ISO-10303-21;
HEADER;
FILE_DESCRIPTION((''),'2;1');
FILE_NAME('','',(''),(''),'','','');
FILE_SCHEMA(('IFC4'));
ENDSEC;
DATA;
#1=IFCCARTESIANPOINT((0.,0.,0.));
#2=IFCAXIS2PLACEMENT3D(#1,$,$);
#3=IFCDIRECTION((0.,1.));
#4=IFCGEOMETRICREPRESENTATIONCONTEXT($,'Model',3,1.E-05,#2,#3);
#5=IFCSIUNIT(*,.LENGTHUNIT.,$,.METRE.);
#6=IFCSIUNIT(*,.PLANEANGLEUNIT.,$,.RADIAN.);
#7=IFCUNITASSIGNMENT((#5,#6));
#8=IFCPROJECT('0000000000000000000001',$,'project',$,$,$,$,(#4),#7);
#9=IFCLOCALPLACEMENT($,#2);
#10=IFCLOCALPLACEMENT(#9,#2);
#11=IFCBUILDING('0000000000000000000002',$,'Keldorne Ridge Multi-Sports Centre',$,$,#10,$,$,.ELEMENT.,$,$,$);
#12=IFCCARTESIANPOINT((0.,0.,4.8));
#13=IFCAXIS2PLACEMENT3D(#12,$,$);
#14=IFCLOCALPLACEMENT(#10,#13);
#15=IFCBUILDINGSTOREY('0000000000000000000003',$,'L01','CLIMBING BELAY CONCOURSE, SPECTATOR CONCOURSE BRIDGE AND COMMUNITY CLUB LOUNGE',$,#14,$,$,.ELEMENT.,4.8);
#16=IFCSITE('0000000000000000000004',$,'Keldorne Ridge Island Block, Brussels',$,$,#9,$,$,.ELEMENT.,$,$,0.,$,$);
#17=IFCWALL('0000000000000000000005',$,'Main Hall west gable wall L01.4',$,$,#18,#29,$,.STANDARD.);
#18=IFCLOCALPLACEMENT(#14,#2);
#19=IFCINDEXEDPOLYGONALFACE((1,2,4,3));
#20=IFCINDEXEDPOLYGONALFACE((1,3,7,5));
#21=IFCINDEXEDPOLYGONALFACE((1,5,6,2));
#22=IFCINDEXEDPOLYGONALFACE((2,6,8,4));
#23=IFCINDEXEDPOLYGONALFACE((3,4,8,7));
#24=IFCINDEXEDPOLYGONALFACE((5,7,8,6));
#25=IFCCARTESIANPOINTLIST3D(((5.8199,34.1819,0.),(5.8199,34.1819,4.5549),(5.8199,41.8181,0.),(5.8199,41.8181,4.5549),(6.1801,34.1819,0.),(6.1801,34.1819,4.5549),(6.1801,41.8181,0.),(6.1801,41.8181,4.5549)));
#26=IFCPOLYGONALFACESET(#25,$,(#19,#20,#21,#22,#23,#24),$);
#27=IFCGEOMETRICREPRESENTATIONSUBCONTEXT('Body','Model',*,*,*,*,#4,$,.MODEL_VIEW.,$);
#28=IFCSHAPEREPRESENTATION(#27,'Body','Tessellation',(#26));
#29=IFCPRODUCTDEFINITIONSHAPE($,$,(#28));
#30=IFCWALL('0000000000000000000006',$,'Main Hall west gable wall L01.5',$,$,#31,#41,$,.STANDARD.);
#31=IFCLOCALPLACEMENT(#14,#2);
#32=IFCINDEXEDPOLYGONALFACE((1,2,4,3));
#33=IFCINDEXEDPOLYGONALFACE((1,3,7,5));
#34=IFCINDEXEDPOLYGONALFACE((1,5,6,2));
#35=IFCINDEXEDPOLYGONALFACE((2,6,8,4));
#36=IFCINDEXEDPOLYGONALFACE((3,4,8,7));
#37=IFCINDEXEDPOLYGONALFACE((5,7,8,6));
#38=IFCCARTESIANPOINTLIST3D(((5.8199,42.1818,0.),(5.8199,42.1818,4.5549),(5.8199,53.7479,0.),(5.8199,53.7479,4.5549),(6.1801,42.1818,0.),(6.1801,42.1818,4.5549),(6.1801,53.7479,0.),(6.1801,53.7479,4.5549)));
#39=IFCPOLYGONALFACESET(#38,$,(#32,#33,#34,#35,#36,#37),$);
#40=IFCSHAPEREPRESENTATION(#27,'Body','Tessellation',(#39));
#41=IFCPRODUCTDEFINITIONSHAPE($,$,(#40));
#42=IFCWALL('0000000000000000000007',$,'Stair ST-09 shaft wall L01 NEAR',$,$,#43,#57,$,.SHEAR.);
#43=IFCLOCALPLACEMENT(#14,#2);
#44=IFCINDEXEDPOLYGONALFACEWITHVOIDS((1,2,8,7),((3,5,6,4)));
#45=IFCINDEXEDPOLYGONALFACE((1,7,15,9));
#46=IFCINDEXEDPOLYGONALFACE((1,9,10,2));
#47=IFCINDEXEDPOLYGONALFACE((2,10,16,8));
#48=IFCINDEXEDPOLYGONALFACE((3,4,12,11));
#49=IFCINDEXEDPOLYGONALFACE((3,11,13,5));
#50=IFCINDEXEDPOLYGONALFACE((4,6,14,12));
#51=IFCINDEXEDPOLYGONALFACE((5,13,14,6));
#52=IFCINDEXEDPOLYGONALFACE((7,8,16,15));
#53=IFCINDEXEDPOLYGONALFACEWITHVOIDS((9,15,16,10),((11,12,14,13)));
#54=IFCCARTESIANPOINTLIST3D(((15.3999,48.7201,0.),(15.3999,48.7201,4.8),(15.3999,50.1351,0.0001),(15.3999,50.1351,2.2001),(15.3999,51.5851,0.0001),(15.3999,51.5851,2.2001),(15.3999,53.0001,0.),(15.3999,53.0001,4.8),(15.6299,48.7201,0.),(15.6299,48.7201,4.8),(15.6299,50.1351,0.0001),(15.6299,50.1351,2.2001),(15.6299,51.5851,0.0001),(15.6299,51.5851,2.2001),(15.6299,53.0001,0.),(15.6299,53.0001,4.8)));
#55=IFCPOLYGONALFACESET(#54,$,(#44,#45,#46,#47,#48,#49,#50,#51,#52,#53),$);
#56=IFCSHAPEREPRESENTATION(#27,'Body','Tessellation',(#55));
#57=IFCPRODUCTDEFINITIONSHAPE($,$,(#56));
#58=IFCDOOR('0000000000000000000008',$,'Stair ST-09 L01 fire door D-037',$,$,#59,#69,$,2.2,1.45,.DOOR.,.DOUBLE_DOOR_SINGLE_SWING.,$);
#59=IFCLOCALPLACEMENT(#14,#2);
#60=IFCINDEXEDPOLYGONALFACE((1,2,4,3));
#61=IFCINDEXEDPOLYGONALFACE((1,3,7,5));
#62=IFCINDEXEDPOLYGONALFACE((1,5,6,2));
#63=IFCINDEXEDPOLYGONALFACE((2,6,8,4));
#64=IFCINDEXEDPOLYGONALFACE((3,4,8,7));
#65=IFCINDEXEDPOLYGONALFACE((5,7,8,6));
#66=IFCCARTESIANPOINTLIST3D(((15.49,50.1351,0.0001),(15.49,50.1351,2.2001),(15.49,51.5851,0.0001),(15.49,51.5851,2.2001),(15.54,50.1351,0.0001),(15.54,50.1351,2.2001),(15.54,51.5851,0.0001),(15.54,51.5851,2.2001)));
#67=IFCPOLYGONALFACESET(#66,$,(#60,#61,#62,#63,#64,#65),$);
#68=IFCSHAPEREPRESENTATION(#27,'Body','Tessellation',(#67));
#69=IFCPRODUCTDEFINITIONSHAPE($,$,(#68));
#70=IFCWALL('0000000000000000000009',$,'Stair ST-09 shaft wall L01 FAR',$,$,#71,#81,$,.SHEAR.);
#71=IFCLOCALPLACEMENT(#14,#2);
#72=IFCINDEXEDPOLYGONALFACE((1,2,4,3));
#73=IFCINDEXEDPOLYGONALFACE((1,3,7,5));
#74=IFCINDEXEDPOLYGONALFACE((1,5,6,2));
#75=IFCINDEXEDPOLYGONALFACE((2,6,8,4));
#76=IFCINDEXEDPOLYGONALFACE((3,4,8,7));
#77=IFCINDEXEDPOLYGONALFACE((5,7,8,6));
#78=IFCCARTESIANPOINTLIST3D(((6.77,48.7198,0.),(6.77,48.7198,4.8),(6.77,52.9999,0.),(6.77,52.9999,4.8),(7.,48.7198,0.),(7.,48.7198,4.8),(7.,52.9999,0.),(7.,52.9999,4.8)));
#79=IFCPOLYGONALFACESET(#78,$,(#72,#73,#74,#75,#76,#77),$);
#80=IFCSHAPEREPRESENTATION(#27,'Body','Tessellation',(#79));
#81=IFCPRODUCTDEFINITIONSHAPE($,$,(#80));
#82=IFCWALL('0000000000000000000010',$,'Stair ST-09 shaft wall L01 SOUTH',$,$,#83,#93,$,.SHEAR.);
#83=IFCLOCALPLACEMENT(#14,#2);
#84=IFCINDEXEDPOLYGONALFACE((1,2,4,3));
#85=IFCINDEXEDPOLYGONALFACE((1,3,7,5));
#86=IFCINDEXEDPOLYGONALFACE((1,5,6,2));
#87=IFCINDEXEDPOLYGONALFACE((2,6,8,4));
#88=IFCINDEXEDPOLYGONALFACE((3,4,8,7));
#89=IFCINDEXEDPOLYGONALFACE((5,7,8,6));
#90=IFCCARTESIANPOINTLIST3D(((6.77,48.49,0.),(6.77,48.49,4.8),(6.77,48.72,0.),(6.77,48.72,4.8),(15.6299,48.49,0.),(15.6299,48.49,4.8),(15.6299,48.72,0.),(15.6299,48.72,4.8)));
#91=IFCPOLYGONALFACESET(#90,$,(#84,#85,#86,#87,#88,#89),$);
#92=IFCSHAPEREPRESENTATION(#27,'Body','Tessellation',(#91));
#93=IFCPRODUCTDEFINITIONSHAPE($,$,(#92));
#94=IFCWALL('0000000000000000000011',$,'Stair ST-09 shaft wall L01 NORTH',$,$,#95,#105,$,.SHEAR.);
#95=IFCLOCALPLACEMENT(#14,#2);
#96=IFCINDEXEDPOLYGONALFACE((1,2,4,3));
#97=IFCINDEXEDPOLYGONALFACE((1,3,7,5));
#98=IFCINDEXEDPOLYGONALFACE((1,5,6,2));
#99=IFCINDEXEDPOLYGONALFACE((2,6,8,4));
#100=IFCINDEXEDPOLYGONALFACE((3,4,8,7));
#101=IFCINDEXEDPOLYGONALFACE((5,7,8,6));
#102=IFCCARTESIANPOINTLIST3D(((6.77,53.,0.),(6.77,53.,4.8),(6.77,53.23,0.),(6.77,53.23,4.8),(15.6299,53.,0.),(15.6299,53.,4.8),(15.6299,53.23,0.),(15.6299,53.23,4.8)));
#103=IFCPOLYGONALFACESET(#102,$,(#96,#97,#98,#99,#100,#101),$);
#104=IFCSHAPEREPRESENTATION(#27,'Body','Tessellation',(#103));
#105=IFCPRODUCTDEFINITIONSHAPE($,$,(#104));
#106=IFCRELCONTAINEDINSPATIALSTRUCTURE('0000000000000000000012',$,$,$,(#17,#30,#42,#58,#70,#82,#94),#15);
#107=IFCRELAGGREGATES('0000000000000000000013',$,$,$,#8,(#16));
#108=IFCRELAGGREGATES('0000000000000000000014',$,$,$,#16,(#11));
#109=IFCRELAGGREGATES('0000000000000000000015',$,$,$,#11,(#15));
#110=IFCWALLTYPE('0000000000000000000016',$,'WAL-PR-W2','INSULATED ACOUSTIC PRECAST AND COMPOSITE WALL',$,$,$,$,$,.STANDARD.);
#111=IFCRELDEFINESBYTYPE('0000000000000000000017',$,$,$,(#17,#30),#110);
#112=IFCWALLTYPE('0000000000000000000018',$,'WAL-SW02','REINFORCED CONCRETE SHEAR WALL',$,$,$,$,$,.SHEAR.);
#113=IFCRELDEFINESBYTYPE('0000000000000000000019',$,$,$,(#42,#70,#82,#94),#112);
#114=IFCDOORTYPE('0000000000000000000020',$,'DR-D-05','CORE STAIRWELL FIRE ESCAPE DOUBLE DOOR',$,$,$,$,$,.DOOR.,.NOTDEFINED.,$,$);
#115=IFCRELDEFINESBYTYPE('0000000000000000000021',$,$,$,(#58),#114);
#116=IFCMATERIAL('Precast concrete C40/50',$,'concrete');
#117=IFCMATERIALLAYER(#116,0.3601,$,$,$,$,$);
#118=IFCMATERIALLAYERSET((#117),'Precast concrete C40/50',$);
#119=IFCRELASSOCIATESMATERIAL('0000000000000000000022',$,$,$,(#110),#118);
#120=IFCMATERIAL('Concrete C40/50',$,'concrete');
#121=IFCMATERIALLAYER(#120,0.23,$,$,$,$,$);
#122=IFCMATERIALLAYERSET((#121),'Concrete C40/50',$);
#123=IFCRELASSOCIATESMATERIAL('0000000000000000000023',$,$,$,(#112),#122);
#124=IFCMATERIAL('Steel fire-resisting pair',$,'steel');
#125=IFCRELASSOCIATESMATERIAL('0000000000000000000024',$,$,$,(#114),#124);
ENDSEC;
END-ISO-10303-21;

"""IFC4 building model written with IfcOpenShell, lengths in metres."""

from ifc_helpers import new_model, si_unit, direction, frame, frame_2d, origin, place, context, subcontext, project, spatial, rectangle, extrude, material, layer, layer_set, type_object, element, fill, save


model = new_model("IFC4")

# Units and contexts
model_context = context("Model", 3, precision=1e-05, world=origin(), true_north=direction((0.0, 1.0)))
body_context = subcontext(model_context, "Body", "Model", "MODEL_VIEW")
ifc_project = project(units=[si_unit("LENGTHUNIT", "METRE"), si_unit("PLANEANGLEUNIT", "RADIAN")], contexts=[model_context])

# Site, building, storey
site_placement = place(None, origin())
site = spatial("IfcSite", under=ifc_project, at=site_placement, Name="Keldorne Ridge Island Block, Brussels", CompositionType="ELEMENT", RefElevation=0.0)
building_placement = place(site_placement, origin())
building = spatial("IfcBuilding", under=site, at=building_placement, Name="Keldorne Ridge Multi-Sports Centre", CompositionType="ELEMENT")
storey_placement = place(building_placement, frame((0.0, 0.0, 4.8)))
storey = spatial("IfcBuildingStorey", under=building, at=storey_placement, Name="L01", Description="CLIMBING BELAY CONCOURSE, SPECTATOR CONCOURSE BRIDGE AND COMMUNITY CLUB LOUNGE", CompositionType="ELEMENT", Elevation=4.8)

# Walls
ifc_material_1 = material(Name="Precast concrete C40/50", Category="concrete")
ifc_layer_1 = layer(ifc_material_1, 0.3601)
ifc_layer_set_1 = layer_set([ifc_layer_1], Name="Precast concrete C40/50")
wall_type_1 = type_object("IfcWallType", Name="WAL-PR-W2", Description="INSULATED ACOUSTIC PRECAST AND COMPOSITE WALL", PredefinedType="STANDARD", material=ifc_layer_set_1)
wall_1_placement = place(storey_placement, frame((6.0, 41.8181, 0.0), z_axis=(0.0, 0.0, 1.0), x_axis=(0.0, -1.0, 0.0)))
element("IfcWall", 1, at=wall_1_placement, inside=storey, type_object=wall_type_1, Name="Main Hall west gable wall L01.4", PredefinedType="STANDARD", context=body_context, shape_type="SweptSolid", body=[
    extrude(rectangle(XDim=7.6362, YDim=0.3601, at=frame_2d((3.8181, 0.0))), origin(), (0.0, 0.0, 1.0), 4.5549),
])
wall_2_placement = place(storey_placement, frame((6.0, 53.748, 0.0), z_axis=(0.0, 0.0, 1.0), x_axis=(0.0, -1.0, 0.0)))
element("IfcWall", 2, at=wall_2_placement, inside=storey, type_object=wall_type_1, Name="Main Hall west gable wall L01.5", PredefinedType="STANDARD", context=body_context, shape_type="SweptSolid", body=[
    extrude(rectangle(XDim=11.5662, YDim=0.3601, at=frame_2d((5.7832, 0.0))), origin(), (0.0, 0.0, 1.0), 4.5549),
])

# Wall, opening, door
ifc_material_2 = material(Name="Concrete C40/50", Category="concrete")
ifc_layer_2 = layer(ifc_material_2, 0.23)
ifc_layer_set_2 = layer_set([ifc_layer_2], Name="Concrete C40/50")
wall_type_2 = type_object("IfcWallType", Name="WAL-SW02", Description="REINFORCED CONCRETE SHEAR WALL", PredefinedType="SHEAR", material=ifc_layer_set_2)
wall_3_placement = place(storey_placement, frame((15.5149, 48.72, 0.0), z_axis=(0.0, 0.0, 1.0), x_axis=(0.0, 1.0, 0.0)))
wall_3 = element("IfcWall", 3, at=wall_3_placement, inside=storey, type_object=wall_type_2, Name="Stair ST-09 shaft wall L01 NEAR", PredefinedType="SHEAR", context=body_context, shape_type="SweptSolid", body=[
    extrude(rectangle(XDim=4.28, YDim=0.23, at=frame_2d((2.1401, 0.0))), origin(), (0.0, 0.0, 1.0), 4.8),
])
opening_placement = place(wall_3_placement, frame((1.415, 0.0, 0.0)))
opening = element("IfcOpeningElement", 4, at=opening_placement, cuts=wall_3, PredefinedType="OPENING", context=body_context, shape_type="SweptSolid", body=[
    extrude(rectangle(XDim=1.45, YDim=2.2, at=frame_2d((0.7251, 1.1001))), frame((0.0, 0.125, 0.0), z_axis=(0.0, -1.0, 0.0), x_axis=(1.0, 0.0, 0.0)), (0.0, 0.0, 1.0), 0.25),
])
ifc_material_3 = material(Name="Steel fire-resisting pair", Category="steel")
door_type = type_object("IfcDoorType", Name="DR-D-05", Description="CORE STAIRWELL FIRE ESCAPE DOUBLE DOOR", OperationType="NOTDEFINED", PredefinedType="DOOR", material=ifc_material_3)
door_placement = place(opening_placement, origin())
door = element("IfcDoor", 5, at=door_placement, inside=storey, type_object=door_type, Name="Stair ST-09 L01 fire door D-037", OperationType="DOUBLE_DOOR_SINGLE_SWING", OverallHeight=2.2, OverallWidth=1.45, PredefinedType="DOOR", context=body_context, shape_type="SweptSolid", body=[
    extrude(rectangle(XDim=1.45, YDim=2.2, at=frame_2d((0.7251, 1.1001))), frame((0.0, 0.0249, 0.0), z_axis=(0.0, -1.0, 0.0), x_axis=(1.0, 0.0, 0.0)), (0.0, 0.0, 1.0), 0.05),
])
fill(opening, door)

# Walls
wall_4_placement = place(storey_placement, frame((6.885, 53.0, 0.0), z_axis=(0.0, 0.0, 1.0), x_axis=(0.0, -1.0, 0.0)))
element("IfcWall", 6, at=wall_4_placement, inside=storey, type_object=wall_type_2, Name="Stair ST-09 shaft wall L01 FAR", PredefinedType="SHEAR", context=body_context, shape_type="SweptSolid", body=[
    extrude(rectangle(XDim=4.28, YDim=0.23, at=frame_2d((2.1401, 0.0))), origin(), (0.0, 0.0, 1.0), 4.8),
])
for number, where, z_axis, x_axis, name in (
    (7, (6.77, 48.605, 0.0), (0.0, 0.0, 1.0), (1.0, 0.0, 0.0), "Stair ST-09 shaft wall L01 SOUTH"),
    (8, (15.6299, 53.115, 0.0), (0.0, 0.0, 1.0), (-1.0, 0.0, 0.0), "Stair ST-09 shaft wall L01 NORTH"),
):
    element("IfcWall", number, at=place(storey_placement, frame(where, z_axis=z_axis, x_axis=x_axis)), inside=storey, type_object=wall_type_2, Name=name, PredefinedType="SHEAR", context=body_context, shape_type="SweptSolid", body=[
        extrude(rectangle(XDim=8.8599, YDim=0.23, at=frame_2d((4.4299, 0.0))), origin(), (0.0, 0.0, 1.0), 4.8),
    ])

save(model, "model.ifc")
